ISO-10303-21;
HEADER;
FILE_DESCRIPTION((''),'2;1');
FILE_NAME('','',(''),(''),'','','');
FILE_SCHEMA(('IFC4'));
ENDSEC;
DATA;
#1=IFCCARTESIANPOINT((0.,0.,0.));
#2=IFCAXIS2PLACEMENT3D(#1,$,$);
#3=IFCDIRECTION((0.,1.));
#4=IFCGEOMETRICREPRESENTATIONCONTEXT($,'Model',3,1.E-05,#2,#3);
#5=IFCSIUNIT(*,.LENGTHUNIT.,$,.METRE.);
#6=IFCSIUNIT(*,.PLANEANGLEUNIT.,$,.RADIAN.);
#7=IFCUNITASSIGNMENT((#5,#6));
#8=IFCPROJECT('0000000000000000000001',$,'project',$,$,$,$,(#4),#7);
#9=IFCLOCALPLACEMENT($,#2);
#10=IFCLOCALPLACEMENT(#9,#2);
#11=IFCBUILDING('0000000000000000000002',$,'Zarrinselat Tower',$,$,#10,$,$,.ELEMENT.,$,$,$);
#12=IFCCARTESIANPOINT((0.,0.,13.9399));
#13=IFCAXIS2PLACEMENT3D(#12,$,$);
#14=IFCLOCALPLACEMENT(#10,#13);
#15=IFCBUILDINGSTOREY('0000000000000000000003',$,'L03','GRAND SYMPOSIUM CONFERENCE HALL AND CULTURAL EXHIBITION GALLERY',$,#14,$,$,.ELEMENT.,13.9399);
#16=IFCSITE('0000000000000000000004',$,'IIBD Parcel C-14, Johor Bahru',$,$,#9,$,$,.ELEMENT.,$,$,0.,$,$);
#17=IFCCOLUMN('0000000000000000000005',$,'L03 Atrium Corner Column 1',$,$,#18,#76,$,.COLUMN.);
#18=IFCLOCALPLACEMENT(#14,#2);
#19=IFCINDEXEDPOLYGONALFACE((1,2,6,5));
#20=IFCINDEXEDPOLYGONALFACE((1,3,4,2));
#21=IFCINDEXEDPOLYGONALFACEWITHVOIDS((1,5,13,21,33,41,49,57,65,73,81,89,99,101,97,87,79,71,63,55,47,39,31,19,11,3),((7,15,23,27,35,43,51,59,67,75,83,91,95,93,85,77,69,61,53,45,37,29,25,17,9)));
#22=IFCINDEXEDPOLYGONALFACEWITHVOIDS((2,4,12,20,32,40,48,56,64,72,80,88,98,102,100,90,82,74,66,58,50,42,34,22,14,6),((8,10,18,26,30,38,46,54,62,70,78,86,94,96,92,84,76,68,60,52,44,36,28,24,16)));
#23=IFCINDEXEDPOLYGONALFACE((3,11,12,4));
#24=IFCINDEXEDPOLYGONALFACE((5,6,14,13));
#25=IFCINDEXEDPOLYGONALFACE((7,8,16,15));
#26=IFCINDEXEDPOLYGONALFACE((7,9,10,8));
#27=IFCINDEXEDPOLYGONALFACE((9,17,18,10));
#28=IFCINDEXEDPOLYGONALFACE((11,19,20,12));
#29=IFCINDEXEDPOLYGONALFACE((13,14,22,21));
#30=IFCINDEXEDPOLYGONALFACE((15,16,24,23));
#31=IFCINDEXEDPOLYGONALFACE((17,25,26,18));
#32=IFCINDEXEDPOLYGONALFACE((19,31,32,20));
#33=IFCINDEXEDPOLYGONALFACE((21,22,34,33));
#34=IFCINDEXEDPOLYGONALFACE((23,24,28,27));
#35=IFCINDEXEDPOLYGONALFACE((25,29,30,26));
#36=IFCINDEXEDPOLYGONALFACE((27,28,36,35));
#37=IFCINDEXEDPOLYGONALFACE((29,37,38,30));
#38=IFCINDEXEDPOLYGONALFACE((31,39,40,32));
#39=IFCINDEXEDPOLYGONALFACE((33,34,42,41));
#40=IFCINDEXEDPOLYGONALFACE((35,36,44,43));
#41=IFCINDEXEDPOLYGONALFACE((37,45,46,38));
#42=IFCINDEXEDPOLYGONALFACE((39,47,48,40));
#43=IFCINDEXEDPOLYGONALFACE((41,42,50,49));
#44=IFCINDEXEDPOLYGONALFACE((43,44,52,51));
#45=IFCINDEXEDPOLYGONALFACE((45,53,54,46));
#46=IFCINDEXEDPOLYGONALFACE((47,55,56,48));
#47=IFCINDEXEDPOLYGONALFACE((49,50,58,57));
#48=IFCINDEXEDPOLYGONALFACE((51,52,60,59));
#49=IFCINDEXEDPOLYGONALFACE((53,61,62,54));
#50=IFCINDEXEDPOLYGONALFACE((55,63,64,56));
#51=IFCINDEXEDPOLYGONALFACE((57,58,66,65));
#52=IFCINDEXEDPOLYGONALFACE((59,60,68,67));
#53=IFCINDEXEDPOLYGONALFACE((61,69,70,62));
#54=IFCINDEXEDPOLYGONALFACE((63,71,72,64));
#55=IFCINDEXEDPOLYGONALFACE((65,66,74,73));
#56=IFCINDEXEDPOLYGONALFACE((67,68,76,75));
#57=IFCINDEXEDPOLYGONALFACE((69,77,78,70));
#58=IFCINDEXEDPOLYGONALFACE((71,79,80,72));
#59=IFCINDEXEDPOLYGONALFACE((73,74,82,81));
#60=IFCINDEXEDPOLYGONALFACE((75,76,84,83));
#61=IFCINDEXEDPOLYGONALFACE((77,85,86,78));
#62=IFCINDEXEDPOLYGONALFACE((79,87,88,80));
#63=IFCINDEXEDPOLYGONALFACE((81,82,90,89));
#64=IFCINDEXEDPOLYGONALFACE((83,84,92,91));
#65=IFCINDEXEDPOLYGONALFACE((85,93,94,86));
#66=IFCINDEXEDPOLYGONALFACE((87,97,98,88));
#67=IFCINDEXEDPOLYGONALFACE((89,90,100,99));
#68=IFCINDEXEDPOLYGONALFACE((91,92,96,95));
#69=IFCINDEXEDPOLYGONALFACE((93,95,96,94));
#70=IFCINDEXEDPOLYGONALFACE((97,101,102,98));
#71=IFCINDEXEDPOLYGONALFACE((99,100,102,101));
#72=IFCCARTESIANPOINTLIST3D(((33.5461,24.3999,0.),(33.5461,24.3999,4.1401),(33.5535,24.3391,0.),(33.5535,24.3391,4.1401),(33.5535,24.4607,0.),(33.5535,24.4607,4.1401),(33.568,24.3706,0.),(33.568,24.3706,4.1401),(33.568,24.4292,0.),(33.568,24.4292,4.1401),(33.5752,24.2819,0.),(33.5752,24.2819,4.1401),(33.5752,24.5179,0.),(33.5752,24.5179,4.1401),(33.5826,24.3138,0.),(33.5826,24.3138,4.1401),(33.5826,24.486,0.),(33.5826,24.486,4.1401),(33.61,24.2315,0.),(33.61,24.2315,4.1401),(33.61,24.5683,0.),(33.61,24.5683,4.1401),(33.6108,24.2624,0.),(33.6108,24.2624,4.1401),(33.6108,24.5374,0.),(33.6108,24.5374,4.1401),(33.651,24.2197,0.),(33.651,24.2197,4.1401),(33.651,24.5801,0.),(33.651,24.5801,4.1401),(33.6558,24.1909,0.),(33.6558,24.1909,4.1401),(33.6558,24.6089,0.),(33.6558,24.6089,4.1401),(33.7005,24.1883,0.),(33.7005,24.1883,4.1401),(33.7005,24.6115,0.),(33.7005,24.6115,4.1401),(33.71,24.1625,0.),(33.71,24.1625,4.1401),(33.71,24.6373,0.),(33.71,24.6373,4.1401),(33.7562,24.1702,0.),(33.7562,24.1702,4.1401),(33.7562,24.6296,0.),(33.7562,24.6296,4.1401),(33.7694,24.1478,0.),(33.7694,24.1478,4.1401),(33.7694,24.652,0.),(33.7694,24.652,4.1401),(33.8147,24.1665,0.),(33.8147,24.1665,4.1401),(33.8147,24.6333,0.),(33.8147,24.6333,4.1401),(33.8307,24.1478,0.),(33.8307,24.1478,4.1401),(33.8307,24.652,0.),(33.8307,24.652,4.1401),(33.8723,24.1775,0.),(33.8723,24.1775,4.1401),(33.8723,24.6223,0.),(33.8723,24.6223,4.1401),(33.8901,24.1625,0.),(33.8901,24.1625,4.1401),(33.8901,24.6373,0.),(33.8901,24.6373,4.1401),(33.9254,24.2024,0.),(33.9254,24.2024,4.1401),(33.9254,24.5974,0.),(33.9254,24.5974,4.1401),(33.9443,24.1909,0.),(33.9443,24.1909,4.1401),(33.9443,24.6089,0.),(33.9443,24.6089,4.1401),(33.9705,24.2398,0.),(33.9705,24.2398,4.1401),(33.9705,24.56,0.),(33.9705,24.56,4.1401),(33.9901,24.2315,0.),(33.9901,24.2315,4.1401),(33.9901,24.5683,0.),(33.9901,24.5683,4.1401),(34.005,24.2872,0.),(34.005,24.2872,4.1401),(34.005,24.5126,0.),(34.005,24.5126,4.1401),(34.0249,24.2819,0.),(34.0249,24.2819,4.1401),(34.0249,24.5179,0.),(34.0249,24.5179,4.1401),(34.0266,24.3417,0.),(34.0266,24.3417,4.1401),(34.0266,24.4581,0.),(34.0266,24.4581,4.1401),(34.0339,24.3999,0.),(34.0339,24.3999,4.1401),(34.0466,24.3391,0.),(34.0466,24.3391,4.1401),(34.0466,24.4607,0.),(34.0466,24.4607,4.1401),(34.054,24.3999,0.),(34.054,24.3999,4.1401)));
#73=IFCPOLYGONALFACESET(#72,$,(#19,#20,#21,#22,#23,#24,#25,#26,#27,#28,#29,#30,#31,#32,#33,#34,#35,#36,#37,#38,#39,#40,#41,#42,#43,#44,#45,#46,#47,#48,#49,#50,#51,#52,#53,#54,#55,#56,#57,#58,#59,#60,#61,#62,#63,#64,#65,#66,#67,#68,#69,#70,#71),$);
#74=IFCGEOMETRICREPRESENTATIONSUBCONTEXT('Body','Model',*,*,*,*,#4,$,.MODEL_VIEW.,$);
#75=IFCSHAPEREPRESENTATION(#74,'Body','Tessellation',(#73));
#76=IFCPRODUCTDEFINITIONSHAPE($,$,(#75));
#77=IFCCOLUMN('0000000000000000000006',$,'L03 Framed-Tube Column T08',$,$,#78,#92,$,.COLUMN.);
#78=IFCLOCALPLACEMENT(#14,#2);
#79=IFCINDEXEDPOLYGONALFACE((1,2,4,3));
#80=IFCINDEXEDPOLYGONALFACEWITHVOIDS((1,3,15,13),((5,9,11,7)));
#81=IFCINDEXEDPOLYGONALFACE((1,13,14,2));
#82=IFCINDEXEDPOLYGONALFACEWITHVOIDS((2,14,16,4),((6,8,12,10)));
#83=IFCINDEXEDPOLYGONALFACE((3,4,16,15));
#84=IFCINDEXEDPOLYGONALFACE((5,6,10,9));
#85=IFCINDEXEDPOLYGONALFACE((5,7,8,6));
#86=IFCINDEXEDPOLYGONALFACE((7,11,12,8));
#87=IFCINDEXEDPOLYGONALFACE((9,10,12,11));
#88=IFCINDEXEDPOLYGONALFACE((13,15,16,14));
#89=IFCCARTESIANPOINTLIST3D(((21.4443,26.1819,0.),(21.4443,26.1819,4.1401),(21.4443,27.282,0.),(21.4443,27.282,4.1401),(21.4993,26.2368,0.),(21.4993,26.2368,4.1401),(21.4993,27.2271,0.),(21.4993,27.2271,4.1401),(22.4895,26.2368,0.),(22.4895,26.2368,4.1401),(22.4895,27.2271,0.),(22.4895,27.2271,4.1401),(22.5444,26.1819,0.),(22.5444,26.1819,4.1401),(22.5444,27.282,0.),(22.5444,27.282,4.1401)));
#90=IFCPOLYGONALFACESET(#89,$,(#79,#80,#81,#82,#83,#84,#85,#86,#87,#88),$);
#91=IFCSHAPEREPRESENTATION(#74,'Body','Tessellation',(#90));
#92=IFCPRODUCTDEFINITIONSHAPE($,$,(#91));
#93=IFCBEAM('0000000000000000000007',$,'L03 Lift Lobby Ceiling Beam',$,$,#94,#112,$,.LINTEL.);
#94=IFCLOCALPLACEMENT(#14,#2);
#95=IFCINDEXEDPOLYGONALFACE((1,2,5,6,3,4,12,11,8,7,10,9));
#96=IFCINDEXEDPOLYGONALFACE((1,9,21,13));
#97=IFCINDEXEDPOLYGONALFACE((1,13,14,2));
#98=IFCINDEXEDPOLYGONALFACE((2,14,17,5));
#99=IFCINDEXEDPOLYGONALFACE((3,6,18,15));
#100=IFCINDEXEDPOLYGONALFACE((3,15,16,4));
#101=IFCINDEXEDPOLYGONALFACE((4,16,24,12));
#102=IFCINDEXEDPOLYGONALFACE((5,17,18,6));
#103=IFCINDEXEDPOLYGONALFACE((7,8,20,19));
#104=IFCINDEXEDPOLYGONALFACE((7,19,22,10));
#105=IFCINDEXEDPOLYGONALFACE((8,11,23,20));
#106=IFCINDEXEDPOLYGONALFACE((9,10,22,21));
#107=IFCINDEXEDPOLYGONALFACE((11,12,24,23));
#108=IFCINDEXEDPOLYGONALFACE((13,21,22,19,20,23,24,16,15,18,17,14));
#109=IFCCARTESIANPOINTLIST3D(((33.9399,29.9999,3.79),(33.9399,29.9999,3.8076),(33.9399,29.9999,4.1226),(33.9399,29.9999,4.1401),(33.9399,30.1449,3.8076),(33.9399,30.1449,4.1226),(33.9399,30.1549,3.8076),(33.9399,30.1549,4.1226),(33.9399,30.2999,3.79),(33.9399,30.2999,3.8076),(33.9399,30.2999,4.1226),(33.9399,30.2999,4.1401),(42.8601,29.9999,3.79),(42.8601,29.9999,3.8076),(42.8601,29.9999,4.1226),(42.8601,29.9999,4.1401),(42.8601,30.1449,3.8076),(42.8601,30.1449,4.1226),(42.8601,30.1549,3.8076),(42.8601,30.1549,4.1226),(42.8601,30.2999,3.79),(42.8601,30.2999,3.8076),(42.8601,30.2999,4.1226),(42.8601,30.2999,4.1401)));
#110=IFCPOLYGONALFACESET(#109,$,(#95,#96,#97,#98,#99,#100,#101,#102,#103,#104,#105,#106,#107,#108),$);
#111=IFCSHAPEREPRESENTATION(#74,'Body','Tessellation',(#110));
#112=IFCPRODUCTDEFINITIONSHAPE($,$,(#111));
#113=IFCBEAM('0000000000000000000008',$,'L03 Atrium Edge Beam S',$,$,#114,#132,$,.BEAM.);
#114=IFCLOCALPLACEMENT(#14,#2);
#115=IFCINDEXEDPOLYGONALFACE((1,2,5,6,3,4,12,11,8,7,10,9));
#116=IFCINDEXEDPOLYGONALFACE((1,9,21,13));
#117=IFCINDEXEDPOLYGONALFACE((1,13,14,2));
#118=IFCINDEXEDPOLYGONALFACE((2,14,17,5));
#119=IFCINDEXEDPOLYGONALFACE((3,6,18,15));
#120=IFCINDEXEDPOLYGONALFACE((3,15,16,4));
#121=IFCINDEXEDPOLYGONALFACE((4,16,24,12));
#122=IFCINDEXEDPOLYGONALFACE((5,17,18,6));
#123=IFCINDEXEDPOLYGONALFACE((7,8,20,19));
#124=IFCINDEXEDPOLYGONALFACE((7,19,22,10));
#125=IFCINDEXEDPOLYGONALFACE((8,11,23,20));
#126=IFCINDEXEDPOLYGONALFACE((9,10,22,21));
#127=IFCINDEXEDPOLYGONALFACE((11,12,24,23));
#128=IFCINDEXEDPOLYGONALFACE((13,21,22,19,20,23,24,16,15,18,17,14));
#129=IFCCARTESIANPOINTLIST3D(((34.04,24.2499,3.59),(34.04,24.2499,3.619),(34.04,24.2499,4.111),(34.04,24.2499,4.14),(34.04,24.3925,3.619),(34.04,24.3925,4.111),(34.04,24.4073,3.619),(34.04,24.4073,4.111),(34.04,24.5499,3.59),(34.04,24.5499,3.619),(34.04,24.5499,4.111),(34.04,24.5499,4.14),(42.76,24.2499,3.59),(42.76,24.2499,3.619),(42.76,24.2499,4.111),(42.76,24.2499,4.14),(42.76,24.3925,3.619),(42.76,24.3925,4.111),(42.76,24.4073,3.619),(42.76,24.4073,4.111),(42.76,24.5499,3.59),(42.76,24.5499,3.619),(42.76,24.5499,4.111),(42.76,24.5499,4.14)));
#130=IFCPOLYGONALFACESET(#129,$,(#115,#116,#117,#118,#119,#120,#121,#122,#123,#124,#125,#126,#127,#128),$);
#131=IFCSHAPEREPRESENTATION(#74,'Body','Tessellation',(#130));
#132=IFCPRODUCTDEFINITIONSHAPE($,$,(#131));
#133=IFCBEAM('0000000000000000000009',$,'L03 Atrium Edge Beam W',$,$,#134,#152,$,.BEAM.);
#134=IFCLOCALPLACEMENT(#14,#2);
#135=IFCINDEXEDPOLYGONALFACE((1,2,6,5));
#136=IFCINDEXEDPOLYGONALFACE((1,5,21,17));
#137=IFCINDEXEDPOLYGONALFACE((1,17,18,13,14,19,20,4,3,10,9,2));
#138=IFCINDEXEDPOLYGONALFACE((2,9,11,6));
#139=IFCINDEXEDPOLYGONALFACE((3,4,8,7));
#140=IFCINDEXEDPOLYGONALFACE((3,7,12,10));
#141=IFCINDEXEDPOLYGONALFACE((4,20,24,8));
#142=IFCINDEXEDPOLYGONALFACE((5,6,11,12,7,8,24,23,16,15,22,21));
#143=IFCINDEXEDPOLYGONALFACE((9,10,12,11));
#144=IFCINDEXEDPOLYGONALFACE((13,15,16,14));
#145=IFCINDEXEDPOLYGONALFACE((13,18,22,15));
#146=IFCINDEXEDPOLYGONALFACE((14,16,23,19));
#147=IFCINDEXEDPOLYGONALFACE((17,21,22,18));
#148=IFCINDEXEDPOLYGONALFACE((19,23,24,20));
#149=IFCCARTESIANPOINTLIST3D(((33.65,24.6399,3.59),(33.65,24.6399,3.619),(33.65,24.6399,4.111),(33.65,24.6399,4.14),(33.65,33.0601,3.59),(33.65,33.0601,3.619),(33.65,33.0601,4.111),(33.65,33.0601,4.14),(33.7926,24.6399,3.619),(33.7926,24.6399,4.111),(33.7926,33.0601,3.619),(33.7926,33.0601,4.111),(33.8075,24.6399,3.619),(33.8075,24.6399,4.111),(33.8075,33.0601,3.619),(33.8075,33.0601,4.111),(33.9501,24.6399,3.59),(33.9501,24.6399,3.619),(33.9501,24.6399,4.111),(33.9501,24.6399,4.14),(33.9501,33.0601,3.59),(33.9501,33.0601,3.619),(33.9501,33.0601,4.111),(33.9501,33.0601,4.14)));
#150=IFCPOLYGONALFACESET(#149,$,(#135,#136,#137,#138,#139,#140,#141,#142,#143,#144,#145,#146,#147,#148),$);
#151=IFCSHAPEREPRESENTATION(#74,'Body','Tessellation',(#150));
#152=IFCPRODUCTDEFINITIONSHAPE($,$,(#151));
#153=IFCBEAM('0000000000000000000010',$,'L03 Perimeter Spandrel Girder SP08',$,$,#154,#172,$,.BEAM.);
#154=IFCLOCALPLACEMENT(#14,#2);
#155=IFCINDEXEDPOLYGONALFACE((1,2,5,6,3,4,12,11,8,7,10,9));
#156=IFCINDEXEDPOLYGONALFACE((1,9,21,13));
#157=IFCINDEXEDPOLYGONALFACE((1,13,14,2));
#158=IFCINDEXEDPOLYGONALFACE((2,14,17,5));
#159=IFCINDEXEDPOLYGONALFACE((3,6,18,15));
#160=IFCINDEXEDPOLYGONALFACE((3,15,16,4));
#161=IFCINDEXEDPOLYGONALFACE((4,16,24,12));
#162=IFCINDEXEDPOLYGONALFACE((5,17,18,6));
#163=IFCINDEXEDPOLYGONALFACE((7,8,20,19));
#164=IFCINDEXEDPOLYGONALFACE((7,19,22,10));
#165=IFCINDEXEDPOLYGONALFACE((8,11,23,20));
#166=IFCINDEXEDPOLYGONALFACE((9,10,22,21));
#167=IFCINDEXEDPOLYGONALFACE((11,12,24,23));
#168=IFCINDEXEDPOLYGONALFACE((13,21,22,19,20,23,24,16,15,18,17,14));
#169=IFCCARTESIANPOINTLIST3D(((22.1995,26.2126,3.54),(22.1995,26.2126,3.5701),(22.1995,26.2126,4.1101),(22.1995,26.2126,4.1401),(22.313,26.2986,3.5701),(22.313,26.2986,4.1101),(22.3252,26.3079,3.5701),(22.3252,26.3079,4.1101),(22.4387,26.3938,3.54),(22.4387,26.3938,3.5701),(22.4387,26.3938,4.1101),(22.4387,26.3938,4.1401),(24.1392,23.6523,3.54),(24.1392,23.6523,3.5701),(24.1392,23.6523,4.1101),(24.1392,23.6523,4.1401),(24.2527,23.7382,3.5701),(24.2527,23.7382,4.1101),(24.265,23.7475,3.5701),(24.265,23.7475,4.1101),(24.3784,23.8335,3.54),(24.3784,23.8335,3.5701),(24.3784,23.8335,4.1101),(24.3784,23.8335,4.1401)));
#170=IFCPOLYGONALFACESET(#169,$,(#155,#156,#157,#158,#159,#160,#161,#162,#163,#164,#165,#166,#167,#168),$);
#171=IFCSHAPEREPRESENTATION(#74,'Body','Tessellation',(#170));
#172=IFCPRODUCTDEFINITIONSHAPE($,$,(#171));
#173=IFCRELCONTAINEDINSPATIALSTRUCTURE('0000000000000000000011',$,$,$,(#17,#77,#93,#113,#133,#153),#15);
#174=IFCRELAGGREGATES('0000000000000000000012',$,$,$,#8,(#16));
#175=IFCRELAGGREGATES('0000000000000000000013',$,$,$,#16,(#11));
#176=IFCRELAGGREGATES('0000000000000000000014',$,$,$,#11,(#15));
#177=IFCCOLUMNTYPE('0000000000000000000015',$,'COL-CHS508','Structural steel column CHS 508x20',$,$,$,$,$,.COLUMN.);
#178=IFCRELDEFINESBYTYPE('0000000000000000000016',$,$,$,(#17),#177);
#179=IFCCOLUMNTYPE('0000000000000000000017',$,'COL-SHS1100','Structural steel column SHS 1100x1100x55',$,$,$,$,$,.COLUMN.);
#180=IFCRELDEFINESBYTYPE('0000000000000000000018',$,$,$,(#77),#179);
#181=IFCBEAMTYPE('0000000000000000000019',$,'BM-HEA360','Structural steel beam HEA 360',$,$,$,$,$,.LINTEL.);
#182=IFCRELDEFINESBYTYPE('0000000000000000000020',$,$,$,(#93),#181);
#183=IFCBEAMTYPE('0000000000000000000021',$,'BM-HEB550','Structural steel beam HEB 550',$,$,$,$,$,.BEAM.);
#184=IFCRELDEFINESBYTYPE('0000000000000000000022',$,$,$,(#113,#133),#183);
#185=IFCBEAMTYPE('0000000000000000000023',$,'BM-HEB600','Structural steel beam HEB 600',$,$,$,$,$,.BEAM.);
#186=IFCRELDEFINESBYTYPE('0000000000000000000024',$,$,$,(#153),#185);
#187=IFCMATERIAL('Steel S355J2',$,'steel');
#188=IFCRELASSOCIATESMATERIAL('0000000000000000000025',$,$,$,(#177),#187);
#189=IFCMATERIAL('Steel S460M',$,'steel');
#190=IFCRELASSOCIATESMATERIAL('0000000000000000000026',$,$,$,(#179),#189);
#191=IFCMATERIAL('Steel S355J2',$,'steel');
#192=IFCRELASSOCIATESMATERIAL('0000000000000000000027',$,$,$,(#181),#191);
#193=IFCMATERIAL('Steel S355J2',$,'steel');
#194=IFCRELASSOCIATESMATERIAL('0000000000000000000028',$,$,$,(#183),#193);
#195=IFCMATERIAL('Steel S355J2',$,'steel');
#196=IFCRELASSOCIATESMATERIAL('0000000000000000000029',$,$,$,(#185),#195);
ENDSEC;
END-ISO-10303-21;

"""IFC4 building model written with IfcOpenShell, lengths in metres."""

from ifc_helpers import new_model, si_unit, direction, frame, origin, origin_2d, place, context, subcontext, project, spatial, hollow_rectangle, hollow_circle, i_section, extrude, material, material_profile, profile_set, type_object, element, save


model = new_model("IFC4")

# Units and contexts
model_context = context("Model", 3, precision=1e-05, world=origin(), true_north=direction((0.0, 1.0)))
body_context = subcontext(model_context, "Body", "Model", "MODEL_VIEW")
ifc_project = project(units=[si_unit("LENGTHUNIT", "METRE"), si_unit("PLANEANGLEUNIT", "RADIAN")], contexts=[model_context])

# Site, building, storey
site_placement = place(None, origin())
site = spatial("IfcSite", under=ifc_project, at=site_placement, Name="IIBD Parcel C-14, Johor Bahru", CompositionType="ELEMENT", RefElevation=0.0)
building_placement = place(site_placement, origin())
building = spatial("IfcBuilding", under=site, at=building_placement, Name="Zarrinselat Tower", CompositionType="ELEMENT")
storey_placement = place(building_placement, frame((0.0, 0.0, 13.9399)))
storey = spatial("IfcBuildingStorey", under=building, at=storey_placement, Name="L03", Description="GRAND SYMPOSIUM CONFERENCE HALL AND CULTURAL EXHIBITION GALLERY", CompositionType="ELEMENT", Elevation=13.9399)

# Columns
ifc_material_1 = material(Name="Steel S355J2", Category="steel")
ifc_material_profile_1 = material_profile(ifc_material_1, hollow_circle(Radius=0.2539, WallThickness=0.02, at=origin_2d()), Name="CHS 508x20")
ifc_profile_set_1 = profile_set([ifc_material_profile_1], Name="Steel S355J2")
column_type_1 = type_object("IfcColumnType", Name="COL-CHS508", Description="Structural steel column CHS 508x20", PredefinedType="COLUMN", material=ifc_profile_set_1)
column_1_placement = place(storey_placement, frame((33.8, 24.3999, 0.0), z_axis=(0.0, 0.0, 1.0), x_axis=(1.0, 0.0, 0.0)))
element("IfcColumn", 1, at=column_1_placement, inside=storey, type_object=column_type_1, Name="L03 Atrium Corner Column 1", PredefinedType="COLUMN", context=body_context, shape_type="SweptSolid", body=[
    extrude(hollow_circle(Radius=0.2539, WallThickness=0.02, at=origin_2d()), origin(), (0.0, 0.0, 1.0), 4.1401),
])
ifc_material_2 = material(Name="Steel S460M", Category="steel")
ifc_material_profile_2 = material_profile(ifc_material_2, hollow_rectangle(XDim=1.1001, YDim=1.1001, WallThickness=0.0549, at=origin_2d()), Name="SHS 1100x1100x55")
ifc_profile_set_2 = profile_set([ifc_material_profile_2], Name="Steel S460M")
column_type_2 = type_object("IfcColumnType", Name="COL-SHS1100", Description="Structural steel column SHS 1100x1100x55", PredefinedType="COLUMN", material=ifc_profile_set_2)
column_2_placement = place(storey_placement, frame((21.9944, 26.7319, 0.0), z_axis=(0.0, 0.0, 1.0), x_axis=(1.0, 0.0, 0.0)))
element("IfcColumn", 2, at=column_2_placement, inside=storey, type_object=column_type_2, Name="L03 Framed-Tube Column T08", PredefinedType="COLUMN", context=body_context, shape_type="SweptSolid", body=[
    extrude(hollow_rectangle(XDim=1.1001, YDim=1.1001, WallThickness=0.0549, at=origin_2d()), origin(), (0.0, 0.0, 1.0), 4.1401),
])

# Beams
ifc_material_3 = material(Name="Steel S355J2", Category="steel")
ifc_material_profile_3 = material_profile(ifc_material_3, i_section(OverallWidth=0.3, OverallDepth=0.3501, WebThickness=0.01, FlangeThickness=0.0176, at=origin_2d()), Name="HEA 360")
ifc_profile_set_3 = profile_set([ifc_material_profile_3], Name="Steel S355J2")
beam_type_1 = type_object("IfcBeamType", Name="BM-HEA360", Description="Structural steel beam HEA 360", PredefinedType="LINTEL", material=ifc_profile_set_3)
beam_1_placement = place(storey_placement, frame((33.9399, 30.1499, 3.9651), z_axis=(1.0, 0.0, 0.0), x_axis=(0.0, 1.0, 0.0)))
element("IfcBeam", 3, at=beam_1_placement, inside=storey, type_object=beam_type_1, Name="L03 Lift Lobby Ceiling Beam", PredefinedType="LINTEL", context=body_context, shape_type="SweptSolid", body=[
    extrude(i_section(OverallWidth=0.3, OverallDepth=0.3501, WebThickness=0.01, FlangeThickness=0.0176, at=origin_2d()), origin(), (0.0, 0.0, 1.0), 8.9202),
])
ifc_material_4 = material(Name="Steel S355J2", Category="steel")
ifc_material_profile_4 = material_profile(ifc_material_4, i_section(OverallWidth=0.3, OverallDepth=0.55, WebThickness=0.0149, FlangeThickness=0.0291, at=origin_2d()), Name="HEB 550")
ifc_profile_set_4 = profile_set([ifc_material_profile_4], Name="Steel S355J2")
beam_type_2 = type_object("IfcBeamType", Name="BM-HEB550", Description="Structural steel beam HEB 550", PredefinedType="BEAM", material=ifc_profile_set_4)
beam_2_placement = place(storey_placement, frame((34.04, 24.3999, 3.865), z_axis=(1.0, 0.0, 0.0), x_axis=(0.0, 1.0, 0.0)))
element("IfcBeam", 4, at=beam_2_placement, inside=storey, type_object=beam_type_2, Name="L03 Atrium Edge Beam S", PredefinedType="BEAM", context=body_context, shape_type="SweptSolid", body=[
    extrude(i_section(OverallWidth=0.3, OverallDepth=0.55, WebThickness=0.0149, FlangeThickness=0.0291, at=origin_2d()), origin(), (0.0, 0.0, 1.0), 8.72),
])
beam_3_placement = place(storey_placement, frame((33.8, 24.6399, 3.865), z_axis=(0.0, 1.0, 0.0), x_axis=(-1.0, 0.0, 0.0)))
element("IfcBeam", 5, at=beam_3_placement, inside=storey, type_object=beam_type_2, Name="L03 Atrium Edge Beam W", PredefinedType="BEAM", context=body_context, shape_type="SweptSolid", body=[
    extrude(i_section(OverallWidth=0.3, OverallDepth=0.55, WebThickness=0.0149, FlangeThickness=0.0291, at=origin_2d()), origin(), (0.0, 0.0, 1.0), 8.4202),
])
ifc_material_5 = material(Name="Steel S355J2", Category="steel")
ifc_material_profile_5 = material_profile(ifc_material_5, i_section(OverallWidth=0.3, OverallDepth=0.6001, WebThickness=0.0154, FlangeThickness=0.03, at=origin_2d()), Name="HEB 600")
ifc_profile_set_5 = profile_set([ifc_material_profile_5], Name="Steel S355J2")
beam_type_3 = type_object("IfcBeamType", Name="BM-HEB600", Description="Structural steel beam HEB 600", PredefinedType="BEAM", material=ifc_profile_set_5)
beam_4_placement = place(storey_placement, frame((22.3191, 26.3032, 3.8401), z_axis=(0.603872, -0.797081, 0.0), x_axis=(0.797081, 0.603872, 0.0)))
element("IfcBeam", 6, at=beam_4_placement, inside=storey, type_object=beam_type_3, Name="L03 Perimeter Spandrel Girder SP08", PredefinedType="BEAM", context=body_context, shape_type="SweptSolid", body=[
    extrude(i_section(OverallWidth=0.3, OverallDepth=0.6001, WebThickness=0.0154, FlangeThickness=0.03, at=origin_2d()), origin(), (0.0, 0.0, 1.0), 3.2122),
])

save(model, "model.ifc")
